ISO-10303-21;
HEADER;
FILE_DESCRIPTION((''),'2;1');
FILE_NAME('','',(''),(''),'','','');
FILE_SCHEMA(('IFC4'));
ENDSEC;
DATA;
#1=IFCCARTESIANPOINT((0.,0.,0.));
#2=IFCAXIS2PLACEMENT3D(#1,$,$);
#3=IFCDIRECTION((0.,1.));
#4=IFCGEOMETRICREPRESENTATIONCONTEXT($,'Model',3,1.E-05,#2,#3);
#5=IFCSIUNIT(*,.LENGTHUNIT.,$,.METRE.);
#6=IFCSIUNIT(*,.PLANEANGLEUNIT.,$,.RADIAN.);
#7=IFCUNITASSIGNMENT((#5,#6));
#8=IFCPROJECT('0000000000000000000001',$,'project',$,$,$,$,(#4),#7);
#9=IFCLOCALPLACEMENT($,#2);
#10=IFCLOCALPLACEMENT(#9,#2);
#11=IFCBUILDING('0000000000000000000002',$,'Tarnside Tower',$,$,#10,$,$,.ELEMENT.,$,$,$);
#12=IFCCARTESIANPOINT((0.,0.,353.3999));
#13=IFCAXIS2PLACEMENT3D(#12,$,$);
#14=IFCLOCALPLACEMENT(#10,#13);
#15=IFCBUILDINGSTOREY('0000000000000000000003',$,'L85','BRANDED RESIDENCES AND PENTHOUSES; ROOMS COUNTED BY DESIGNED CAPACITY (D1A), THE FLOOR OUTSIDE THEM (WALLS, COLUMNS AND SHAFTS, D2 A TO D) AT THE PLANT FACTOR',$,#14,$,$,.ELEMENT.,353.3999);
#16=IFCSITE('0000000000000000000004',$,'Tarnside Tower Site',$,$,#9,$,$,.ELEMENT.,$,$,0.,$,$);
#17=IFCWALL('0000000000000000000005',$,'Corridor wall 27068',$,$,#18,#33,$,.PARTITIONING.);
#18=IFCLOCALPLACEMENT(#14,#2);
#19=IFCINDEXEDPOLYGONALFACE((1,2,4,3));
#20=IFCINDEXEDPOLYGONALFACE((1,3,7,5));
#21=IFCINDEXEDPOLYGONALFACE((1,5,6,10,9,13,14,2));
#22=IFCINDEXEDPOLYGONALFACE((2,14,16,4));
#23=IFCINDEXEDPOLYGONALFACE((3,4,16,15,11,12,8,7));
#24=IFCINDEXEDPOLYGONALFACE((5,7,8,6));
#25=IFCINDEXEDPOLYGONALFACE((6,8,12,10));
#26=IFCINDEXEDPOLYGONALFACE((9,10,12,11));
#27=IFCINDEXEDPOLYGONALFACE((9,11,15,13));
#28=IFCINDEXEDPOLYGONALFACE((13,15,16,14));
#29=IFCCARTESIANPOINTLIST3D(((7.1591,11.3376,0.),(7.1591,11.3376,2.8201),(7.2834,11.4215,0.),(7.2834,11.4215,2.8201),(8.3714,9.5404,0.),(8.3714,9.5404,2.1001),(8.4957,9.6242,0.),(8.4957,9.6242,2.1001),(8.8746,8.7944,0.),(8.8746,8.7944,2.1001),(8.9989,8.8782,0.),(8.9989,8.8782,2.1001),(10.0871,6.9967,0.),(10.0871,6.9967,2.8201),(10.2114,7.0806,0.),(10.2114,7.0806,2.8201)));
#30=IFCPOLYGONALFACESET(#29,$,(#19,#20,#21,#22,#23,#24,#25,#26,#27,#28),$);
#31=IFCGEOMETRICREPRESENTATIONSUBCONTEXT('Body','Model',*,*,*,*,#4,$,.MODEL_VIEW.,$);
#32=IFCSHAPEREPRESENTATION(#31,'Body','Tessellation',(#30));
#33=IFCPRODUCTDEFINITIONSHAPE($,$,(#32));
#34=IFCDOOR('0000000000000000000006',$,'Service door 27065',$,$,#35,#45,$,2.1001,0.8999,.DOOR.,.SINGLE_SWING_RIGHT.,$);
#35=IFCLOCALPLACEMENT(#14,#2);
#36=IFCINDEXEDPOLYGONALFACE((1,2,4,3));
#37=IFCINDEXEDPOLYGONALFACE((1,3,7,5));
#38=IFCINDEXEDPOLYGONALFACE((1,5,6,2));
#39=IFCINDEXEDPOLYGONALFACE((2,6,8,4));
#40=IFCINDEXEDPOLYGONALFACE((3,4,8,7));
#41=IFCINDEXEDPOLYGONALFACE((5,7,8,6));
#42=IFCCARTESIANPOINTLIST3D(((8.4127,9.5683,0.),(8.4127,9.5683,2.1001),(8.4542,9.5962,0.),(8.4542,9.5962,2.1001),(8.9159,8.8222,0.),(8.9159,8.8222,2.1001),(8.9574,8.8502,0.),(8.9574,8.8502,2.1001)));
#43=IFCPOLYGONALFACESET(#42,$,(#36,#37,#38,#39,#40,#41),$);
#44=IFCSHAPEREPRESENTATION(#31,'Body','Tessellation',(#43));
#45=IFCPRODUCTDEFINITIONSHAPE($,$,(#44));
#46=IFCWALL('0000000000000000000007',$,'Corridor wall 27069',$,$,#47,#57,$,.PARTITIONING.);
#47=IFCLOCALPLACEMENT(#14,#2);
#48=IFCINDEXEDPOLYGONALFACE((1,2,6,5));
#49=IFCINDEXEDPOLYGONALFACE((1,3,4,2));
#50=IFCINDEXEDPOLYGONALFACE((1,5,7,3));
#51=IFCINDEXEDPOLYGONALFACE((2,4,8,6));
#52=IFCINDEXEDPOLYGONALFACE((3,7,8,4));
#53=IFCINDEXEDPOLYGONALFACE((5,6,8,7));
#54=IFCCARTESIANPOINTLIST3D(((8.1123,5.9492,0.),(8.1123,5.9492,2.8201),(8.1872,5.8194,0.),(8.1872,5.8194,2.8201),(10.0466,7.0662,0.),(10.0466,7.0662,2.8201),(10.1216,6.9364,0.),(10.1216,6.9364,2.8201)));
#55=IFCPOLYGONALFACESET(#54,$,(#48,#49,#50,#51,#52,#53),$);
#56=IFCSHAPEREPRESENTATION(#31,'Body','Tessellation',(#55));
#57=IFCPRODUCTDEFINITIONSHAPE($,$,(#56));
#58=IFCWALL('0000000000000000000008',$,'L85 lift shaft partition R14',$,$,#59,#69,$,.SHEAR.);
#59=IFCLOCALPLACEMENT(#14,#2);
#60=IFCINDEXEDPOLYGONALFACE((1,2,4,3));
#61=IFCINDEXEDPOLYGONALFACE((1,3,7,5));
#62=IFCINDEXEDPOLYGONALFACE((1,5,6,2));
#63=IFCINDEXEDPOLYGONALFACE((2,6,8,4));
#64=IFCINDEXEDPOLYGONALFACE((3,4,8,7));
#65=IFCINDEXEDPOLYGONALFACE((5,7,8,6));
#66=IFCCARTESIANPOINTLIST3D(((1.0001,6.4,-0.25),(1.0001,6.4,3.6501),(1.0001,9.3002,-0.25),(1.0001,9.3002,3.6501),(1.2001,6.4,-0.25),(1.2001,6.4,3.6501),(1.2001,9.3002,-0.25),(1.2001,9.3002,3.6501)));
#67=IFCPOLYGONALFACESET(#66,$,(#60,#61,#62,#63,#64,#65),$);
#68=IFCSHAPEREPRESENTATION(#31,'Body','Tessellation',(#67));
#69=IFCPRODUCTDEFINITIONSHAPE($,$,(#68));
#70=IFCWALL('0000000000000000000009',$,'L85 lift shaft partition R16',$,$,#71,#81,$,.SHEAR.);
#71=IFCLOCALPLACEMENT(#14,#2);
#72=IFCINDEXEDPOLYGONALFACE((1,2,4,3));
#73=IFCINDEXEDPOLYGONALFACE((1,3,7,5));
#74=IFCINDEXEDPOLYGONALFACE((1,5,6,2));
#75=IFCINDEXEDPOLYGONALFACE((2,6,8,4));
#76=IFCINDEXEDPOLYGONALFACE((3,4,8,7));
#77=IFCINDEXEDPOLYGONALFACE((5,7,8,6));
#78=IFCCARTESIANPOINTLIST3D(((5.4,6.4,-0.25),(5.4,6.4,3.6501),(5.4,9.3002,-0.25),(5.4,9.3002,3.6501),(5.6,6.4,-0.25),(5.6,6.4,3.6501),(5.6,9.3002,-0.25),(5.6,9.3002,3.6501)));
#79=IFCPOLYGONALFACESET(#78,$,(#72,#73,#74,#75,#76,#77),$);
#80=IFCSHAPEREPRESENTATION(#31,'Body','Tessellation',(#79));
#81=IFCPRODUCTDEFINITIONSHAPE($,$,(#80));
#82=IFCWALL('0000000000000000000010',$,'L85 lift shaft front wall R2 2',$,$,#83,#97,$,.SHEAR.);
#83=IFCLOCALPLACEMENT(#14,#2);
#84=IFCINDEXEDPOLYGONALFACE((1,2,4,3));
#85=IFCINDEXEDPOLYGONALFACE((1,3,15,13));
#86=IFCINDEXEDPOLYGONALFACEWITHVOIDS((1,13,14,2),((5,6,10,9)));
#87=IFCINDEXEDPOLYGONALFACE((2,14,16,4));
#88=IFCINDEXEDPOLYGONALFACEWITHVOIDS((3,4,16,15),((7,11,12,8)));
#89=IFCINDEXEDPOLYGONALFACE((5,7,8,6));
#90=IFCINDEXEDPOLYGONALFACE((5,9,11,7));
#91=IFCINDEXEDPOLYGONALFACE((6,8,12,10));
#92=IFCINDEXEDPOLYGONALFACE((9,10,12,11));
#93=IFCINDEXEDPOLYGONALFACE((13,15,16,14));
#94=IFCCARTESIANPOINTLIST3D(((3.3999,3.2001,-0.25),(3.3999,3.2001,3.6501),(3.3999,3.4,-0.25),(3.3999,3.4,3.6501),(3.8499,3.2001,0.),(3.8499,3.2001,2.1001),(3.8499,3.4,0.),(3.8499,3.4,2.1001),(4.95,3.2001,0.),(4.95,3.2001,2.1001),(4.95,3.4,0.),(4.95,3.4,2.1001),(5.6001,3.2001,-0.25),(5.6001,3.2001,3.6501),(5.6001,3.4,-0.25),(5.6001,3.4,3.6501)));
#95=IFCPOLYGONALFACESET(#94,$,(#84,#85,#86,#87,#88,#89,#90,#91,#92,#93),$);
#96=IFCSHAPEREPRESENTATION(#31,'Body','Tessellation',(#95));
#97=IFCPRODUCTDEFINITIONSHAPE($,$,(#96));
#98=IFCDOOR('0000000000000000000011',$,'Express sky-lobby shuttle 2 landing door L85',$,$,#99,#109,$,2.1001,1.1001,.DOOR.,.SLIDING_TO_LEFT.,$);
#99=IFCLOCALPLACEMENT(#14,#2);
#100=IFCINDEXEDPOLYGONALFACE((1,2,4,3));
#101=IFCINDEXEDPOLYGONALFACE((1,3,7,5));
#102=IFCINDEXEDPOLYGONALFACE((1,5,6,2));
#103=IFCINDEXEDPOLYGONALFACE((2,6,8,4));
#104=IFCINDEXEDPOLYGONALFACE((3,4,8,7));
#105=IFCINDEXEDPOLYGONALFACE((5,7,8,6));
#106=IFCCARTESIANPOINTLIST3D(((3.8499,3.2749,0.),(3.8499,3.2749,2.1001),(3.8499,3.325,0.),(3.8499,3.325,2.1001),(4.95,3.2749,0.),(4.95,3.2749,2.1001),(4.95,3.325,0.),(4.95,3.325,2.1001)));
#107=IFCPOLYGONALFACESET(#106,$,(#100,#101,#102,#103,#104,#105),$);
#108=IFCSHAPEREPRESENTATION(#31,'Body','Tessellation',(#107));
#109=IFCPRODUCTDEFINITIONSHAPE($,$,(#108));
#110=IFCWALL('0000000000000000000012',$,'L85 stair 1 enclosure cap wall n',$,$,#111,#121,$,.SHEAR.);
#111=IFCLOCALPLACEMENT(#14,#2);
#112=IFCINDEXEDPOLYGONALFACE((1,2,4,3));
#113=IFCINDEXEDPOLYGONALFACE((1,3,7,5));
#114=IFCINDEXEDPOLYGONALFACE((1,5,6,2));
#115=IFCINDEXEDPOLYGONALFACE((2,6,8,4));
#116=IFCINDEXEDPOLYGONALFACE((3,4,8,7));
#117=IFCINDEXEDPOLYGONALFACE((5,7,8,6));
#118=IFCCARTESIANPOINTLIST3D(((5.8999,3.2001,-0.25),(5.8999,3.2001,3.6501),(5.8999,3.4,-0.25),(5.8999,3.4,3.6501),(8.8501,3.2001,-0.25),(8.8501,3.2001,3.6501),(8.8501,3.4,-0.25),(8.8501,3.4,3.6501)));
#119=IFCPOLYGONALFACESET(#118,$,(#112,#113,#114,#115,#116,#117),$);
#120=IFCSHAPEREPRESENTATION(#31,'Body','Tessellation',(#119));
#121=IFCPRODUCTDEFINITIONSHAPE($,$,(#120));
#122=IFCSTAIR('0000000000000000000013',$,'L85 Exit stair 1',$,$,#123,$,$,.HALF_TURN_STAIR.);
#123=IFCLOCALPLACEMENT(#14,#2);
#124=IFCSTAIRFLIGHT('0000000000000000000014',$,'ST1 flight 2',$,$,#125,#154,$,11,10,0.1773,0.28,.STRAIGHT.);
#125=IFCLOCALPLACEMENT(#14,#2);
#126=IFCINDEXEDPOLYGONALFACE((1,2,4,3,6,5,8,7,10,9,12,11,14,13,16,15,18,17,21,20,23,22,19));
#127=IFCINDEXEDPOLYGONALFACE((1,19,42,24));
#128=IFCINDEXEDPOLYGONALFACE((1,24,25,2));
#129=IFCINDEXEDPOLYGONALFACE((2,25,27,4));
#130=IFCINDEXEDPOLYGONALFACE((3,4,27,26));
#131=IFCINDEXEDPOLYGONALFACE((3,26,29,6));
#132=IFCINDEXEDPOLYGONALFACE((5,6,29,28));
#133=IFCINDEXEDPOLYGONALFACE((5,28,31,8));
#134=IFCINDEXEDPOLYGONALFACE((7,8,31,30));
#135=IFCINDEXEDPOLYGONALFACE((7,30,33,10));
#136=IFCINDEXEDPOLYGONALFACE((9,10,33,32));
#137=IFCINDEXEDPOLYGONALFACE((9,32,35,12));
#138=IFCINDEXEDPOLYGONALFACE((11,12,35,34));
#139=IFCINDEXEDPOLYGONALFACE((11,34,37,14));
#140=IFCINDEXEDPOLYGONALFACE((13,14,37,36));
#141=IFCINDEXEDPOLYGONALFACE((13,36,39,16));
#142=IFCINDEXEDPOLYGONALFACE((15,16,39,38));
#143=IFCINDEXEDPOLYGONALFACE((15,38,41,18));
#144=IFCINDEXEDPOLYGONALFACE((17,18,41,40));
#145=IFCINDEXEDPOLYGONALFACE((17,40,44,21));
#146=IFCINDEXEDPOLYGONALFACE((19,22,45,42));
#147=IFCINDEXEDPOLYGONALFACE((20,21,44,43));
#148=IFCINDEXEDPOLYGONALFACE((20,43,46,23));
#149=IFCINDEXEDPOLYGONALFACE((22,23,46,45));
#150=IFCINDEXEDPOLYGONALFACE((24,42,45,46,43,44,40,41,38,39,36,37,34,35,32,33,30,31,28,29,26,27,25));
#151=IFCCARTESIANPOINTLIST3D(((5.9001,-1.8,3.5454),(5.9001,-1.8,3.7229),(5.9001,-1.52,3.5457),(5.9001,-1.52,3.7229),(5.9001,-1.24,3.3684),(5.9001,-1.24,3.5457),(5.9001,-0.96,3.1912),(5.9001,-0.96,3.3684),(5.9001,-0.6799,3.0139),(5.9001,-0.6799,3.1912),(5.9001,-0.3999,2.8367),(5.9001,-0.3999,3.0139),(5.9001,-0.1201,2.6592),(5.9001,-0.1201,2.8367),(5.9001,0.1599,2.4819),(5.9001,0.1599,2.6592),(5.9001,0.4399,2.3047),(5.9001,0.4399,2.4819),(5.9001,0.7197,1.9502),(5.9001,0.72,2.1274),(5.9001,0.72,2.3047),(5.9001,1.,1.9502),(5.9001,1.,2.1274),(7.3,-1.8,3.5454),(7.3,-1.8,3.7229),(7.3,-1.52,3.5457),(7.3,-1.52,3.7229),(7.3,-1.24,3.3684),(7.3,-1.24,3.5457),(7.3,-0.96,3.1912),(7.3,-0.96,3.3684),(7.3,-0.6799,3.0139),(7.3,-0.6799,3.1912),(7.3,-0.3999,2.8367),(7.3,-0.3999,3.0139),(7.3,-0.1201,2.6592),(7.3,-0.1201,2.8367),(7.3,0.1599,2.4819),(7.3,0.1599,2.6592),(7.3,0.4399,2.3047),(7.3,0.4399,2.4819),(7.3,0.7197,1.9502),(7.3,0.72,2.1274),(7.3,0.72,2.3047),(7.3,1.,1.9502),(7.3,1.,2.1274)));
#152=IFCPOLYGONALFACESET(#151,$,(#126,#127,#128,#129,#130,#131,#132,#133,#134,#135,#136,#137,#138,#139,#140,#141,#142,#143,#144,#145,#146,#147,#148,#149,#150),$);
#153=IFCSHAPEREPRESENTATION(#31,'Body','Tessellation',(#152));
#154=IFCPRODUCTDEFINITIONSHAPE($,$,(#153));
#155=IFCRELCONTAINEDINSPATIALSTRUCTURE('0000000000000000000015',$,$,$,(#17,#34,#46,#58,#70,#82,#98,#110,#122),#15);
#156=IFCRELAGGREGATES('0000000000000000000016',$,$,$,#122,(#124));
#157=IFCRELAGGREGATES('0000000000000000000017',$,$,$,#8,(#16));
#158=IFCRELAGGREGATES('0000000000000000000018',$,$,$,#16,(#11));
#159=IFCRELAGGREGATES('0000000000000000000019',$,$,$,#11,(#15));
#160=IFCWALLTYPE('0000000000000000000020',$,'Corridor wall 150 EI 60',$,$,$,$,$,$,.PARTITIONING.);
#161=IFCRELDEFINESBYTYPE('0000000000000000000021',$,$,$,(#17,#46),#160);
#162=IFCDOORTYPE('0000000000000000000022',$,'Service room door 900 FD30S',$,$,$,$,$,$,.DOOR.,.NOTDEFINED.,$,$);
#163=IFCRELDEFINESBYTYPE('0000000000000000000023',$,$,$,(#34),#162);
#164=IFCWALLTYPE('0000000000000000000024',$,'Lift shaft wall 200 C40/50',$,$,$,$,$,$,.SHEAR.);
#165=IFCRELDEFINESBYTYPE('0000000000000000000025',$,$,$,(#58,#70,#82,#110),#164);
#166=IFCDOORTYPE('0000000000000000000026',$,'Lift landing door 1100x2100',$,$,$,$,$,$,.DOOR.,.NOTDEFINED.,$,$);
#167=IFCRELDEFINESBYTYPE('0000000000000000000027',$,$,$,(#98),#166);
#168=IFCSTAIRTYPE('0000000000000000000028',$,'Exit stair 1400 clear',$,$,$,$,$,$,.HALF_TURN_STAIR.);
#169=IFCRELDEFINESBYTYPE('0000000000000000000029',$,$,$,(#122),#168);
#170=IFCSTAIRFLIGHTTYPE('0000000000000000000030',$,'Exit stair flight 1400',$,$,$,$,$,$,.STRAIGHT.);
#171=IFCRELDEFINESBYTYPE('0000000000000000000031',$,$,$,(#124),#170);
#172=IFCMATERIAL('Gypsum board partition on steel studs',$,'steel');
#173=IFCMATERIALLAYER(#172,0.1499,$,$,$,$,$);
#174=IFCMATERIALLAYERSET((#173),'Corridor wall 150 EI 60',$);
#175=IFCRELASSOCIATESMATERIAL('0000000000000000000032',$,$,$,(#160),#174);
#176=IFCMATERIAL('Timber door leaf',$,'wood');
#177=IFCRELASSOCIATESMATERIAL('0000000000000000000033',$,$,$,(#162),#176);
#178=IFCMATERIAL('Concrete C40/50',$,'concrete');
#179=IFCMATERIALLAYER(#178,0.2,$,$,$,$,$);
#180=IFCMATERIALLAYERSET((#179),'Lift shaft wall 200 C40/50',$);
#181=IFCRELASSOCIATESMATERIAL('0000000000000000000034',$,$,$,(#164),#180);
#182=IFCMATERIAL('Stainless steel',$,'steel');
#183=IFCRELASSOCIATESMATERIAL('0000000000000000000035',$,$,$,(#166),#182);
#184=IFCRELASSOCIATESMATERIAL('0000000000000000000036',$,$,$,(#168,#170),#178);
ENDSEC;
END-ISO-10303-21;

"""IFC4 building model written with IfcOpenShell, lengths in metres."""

from ifc_helpers import new_model, si_unit, direction, frame, frame_2d, origin, place, context, subcontext, project, spatial, polyline, rectangle, outline, extrude, material, layer, layer_set, type_object, element, fill, aggregate, save


model = new_model("IFC4")

# Units and contexts
model_context = context("Model", 3, precision=1e-05, world=origin(), true_north=direction((0.0, 1.0)))
body_context = subcontext(model_context, "Body", "Model", "MODEL_VIEW")
ifc_project = project(units=[si_unit("LENGTHUNIT", "METRE"), si_unit("PLANEANGLEUNIT", "RADIAN")], contexts=[model_context])

# Site, building, storey
site_placement = place(None, origin())
site = spatial("IfcSite", under=ifc_project, at=site_placement, Name="Tarnside Tower Site", CompositionType="ELEMENT", RefElevation=0.0)
building_placement = place(site_placement, origin())
building = spatial("IfcBuilding", under=site, at=building_placement, Name="Tarnside Tower", CompositionType="ELEMENT")
storey_placement = place(building_placement, frame((0.0, 0.0, 353.3999)))
storey = spatial("IfcBuildingStorey", under=building, at=storey_placement, Name="L85", Description="BRANDED RESIDENCES AND PENTHOUSES; ROOMS COUNTED BY DESIGNED CAPACITY (D1A), THE FLOOR OUTSIDE THEM (WALLS, COLUMNS AND SHAFTS, D2 A TO D) AT THE PLANT FACTOR", CompositionType="ELEMENT", Elevation=353.3999)

# Shared definitions
ifc_material_1 = material(Name="Gypsum board partition on steel studs", Category="steel")
ifc_layer_1 = layer(ifc_material_1, 0.1499)
ifc_layer_set_1 = layer_set([ifc_layer_1], Name="Corridor wall 150 EI 60")
wall_type_1 = type_object("IfcWallType", Name="Corridor wall 150 EI 60", PredefinedType="PARTITIONING", material=ifc_layer_set_1)

# Shared definitions
ifc_material_2 = material(Name="Timber door leaf", Category="wood")
door_type_1 = type_object("IfcDoorType", Name="Service room door 900 FD30S", OperationType="NOTDEFINED", PredefinedType="DOOR", material=ifc_material_2)

# Wall, opening, door
wall_1_placement = place(storey_placement, frame((7.2212, 11.3796, 0.0), z_axis=(0.0, 0.0, 1.0), x_axis=(0.559201, -0.829032, 0.0)))
wall_1 = element("IfcWall", 1, at=wall_1_placement, inside=storey, type_object=wall_type_1, Name="Corridor wall 27068", PredefinedType="PARTITIONING", context=body_context, shape_type="SweptSolid", body=[
    extrude(rectangle(XDim=5.2361, YDim=0.1499, at=frame_2d((2.6182, 0.0))), origin(), (0.0, 0.0, 1.0), 2.8201),
])
opening_1_placement = place(wall_1_placement, frame((2.168, 0.0, 0.0)))
opening_1 = element("IfcOpeningElement", 2, at=opening_1_placement, cuts=wall_1, PredefinedType="OPENING", context=body_context, shape_type="SweptSolid", body=[
    extrude(rectangle(XDim=0.8999, YDim=2.1001, at=frame_2d((0.45, 1.05))), frame((0.0, 0.085, 0.0), z_axis=(0.0, -1.0, 0.0), x_axis=(1.0, 0.0, 0.0)), (0.0, 0.0, 1.0), 0.1699),
])
door_1_placement = place(opening_1_placement, origin())
door_1 = element("IfcDoor", 3, at=door_1_placement, inside=storey, type_object=door_type_1, Name="Service door 27065", OperationType="SINGLE_SWING_RIGHT", OverallHeight=2.1001, OverallWidth=0.8999, PredefinedType="DOOR", context=body_context, shape_type="SweptSolid", body=[
    extrude(rectangle(XDim=0.8999, YDim=2.1001, at=frame_2d((0.45, 1.05))), frame((0.0, 0.0249, 0.0), z_axis=(0.0, -1.0, 0.0), x_axis=(1.0, 0.0, 0.0)), (0.0, 0.0, 1.0), 0.05),
])
fill(opening_1, door_1)

# Walls
wall_2_placement = place(storey_placement, frame((10.084, 7.0012, 0.0), z_axis=(0.0, 0.0, 1.0), x_axis=(-0.865994, -0.500054, 0.0)))
element("IfcWall", 4, at=wall_2_placement, inside=storey, type_object=wall_type_1, Name="Corridor wall 27069", PredefinedType="PARTITIONING", context=body_context, shape_type="SweptSolid", body=[
    extrude(rectangle(XDim=2.2336, YDim=0.1499, at=frame_2d((1.1167, 0.0))), origin(), (0.0, 0.0, 1.0), 2.8201),
])
ifc_material_3 = material(Name="Concrete C40/50", Category="concrete")
ifc_layer_2 = layer(ifc_material_3, 0.2)
ifc_layer_set_2 = layer_set([ifc_layer_2], Name="Lift shaft wall 200 C40/50")
wall_type_2 = type_object("IfcWallType", Name="Lift shaft wall 200 C40/50", PredefinedType="SHEAR", material=ifc_layer_set_2)
for number, where, z_axis, x_axis, name in (
    (5, (1.1001, 6.3999, -0.25), (0.0, 0.0, 1.0), (0.0, 1.0, 0.0), "L85 lift shaft partition R14"),
    (6, (5.5, 6.3999, -0.25), (0.0, 0.0, 1.0), (0.0, 1.0, 0.0), "L85 lift shaft partition R16"),
):
    element("IfcWall", number, at=place(storey_placement, frame(where, z_axis=z_axis, x_axis=x_axis)), inside=storey, type_object=wall_type_2, Name=name, PredefinedType="SHEAR", context=body_context, shape_type="SweptSolid", body=[
        extrude(rectangle(XDim=2.9001, YDim=0.2, at=frame_2d((1.4502, 0.0))), origin(), (0.0, 0.0, 1.0), 3.9001),
    ])

# Wall, opening, door
wall_3_placement = place(storey_placement, frame((3.3999, 3.3, -0.25), z_axis=(0.0, 0.0, 1.0), x_axis=(1.0, 0.0, 0.0)))
wall_3 = element("IfcWall", 7, at=wall_3_placement, inside=storey, type_object=wall_type_2, Name="L85 lift shaft front wall R2 2", PredefinedType="SHEAR", context=body_context, shape_type="SweptSolid", body=[
    extrude(rectangle(XDim=2.2002, YDim=0.2, at=frame_2d((1.1001, 0.0))), origin(), (0.0, 0.0, 1.0), 3.9001),
])
opening_2_placement = place(wall_3_placement, frame((0.45, 0.0, 0.25)))
opening_2 = element("IfcOpeningElement", 8, at=opening_2_placement, cuts=wall_3, PredefinedType="OPENING", context=body_context, shape_type="SweptSolid", body=[
    extrude(rectangle(XDim=1.1001, YDim=2.1001, at=frame_2d((0.55, 1.05))), frame((0.0, 0.1099, 0.0), z_axis=(0.0, -1.0, 0.0), x_axis=(1.0, 0.0, 0.0)), (0.0, 0.0, 1.0), 0.22),
])
ifc_material_4 = material(Name="Stainless steel", Category="steel")
door_type_2 = type_object("IfcDoorType", Name="Lift landing door 1100x2100", OperationType="NOTDEFINED", PredefinedType="DOOR", material=ifc_material_4)
door_2_placement = place(opening_2_placement, origin())
door_2 = element("IfcDoor", 9, at=door_2_placement, inside=storey, type_object=door_type_2, Name="Express sky-lobby shuttle 2 landing door L85", OperationType="SLIDING_TO_LEFT", OverallHeight=2.1001, OverallWidth=1.1001, PredefinedType="DOOR", context=body_context, shape_type="SweptSolid", body=[
    extrude(rectangle(XDim=1.1001, YDim=2.1001, at=frame_2d((0.55, 1.05))), frame((0.0, 0.0249, 0.0), z_axis=(0.0, -1.0, 0.0), x_axis=(1.0, 0.0, 0.0)), (0.0, 0.0, 1.0), 0.05),
])
fill(opening_2, door_2)

# Wall
wall_4_placement = place(storey_placement, frame((5.8999, 3.3, -0.25), z_axis=(0.0, 0.0, 1.0), x_axis=(1.0, 0.0, 0.0)))
element("IfcWall", 10, at=wall_4_placement, inside=storey, type_object=wall_type_2, Name="L85 stair 1 enclosure cap wall n", PredefinedType="SHEAR", context=body_context, shape_type="SweptSolid", body=[
    extrude(rectangle(XDim=2.9502, YDim=0.2, at=frame_2d((1.4751, 0.0))), origin(), (0.0, 0.0, 1.0), 3.9001),
])

# Stair, stair flight
stair_type = type_object("IfcStairType", Name="Exit stair 1400 clear", PredefinedType="HALF_TURN_STAIR", material=ifc_material_3)
stair_placement = place(storey_placement, origin())
stair = element("IfcStair", 11, at=stair_placement, inside=storey, type_object=stair_type, Name="L85 Exit stair 1", PredefinedType="HALF_TURN_STAIR")
stair_flight_type = type_object("IfcStairFlightType", Name="Exit stair flight 1400", PredefinedType="STRAIGHT", material=ifc_material_3)
stair_flight_placement = place(storey_placement, frame((6.6001, 1.0, 1.9502), z_axis=(0.0, 0.0, 1.0), x_axis=(0.0, -1.0, 0.0)))
stair_flight = element("IfcStairFlight", 12, at=stair_flight_placement, type_object=stair_flight_type, Name="ST1 flight 2", NumberOfRisers=11, NumberOfTreads=10, PredefinedType="STRAIGHT", RiserHeight=0.1773, TreadLength=0.28, context=body_context, shape_type="SweptSolid", body=[
    extrude(outline(polyline([(0.0, 0.0), (0.0, 0.1772), (0.28, 0.1772), (0.28, 0.3545), (0.5601, 0.3545), (0.5601, 0.5317), (0.8401, 0.5317), (0.8401, 0.709), (1.1201, 0.709), (1.1201, 0.8865), (1.3999, 0.8865), (1.3999, 1.0637), (1.6799, 1.0637), (1.6799, 1.241), (1.96, 1.241), (1.96, 1.4182), (2.24, 1.4182), (2.24, 1.5955), (2.52, 1.5955), (2.52, 1.7727), (2.8, 1.7727), (2.8, 1.95), (2.8, 1.5952), (0.2803, 0.0), (0.0, 0.0)])), frame((0.0, 0.7, 0.0), z_axis=(0.0, -1.0, 0.0), x_axis=(1.0, 0.0, 0.0)), (0.0, 0.0, 1.0), 1.3999),
])
aggregate(stair, [stair_flight])

save(model, "model.ifc")
